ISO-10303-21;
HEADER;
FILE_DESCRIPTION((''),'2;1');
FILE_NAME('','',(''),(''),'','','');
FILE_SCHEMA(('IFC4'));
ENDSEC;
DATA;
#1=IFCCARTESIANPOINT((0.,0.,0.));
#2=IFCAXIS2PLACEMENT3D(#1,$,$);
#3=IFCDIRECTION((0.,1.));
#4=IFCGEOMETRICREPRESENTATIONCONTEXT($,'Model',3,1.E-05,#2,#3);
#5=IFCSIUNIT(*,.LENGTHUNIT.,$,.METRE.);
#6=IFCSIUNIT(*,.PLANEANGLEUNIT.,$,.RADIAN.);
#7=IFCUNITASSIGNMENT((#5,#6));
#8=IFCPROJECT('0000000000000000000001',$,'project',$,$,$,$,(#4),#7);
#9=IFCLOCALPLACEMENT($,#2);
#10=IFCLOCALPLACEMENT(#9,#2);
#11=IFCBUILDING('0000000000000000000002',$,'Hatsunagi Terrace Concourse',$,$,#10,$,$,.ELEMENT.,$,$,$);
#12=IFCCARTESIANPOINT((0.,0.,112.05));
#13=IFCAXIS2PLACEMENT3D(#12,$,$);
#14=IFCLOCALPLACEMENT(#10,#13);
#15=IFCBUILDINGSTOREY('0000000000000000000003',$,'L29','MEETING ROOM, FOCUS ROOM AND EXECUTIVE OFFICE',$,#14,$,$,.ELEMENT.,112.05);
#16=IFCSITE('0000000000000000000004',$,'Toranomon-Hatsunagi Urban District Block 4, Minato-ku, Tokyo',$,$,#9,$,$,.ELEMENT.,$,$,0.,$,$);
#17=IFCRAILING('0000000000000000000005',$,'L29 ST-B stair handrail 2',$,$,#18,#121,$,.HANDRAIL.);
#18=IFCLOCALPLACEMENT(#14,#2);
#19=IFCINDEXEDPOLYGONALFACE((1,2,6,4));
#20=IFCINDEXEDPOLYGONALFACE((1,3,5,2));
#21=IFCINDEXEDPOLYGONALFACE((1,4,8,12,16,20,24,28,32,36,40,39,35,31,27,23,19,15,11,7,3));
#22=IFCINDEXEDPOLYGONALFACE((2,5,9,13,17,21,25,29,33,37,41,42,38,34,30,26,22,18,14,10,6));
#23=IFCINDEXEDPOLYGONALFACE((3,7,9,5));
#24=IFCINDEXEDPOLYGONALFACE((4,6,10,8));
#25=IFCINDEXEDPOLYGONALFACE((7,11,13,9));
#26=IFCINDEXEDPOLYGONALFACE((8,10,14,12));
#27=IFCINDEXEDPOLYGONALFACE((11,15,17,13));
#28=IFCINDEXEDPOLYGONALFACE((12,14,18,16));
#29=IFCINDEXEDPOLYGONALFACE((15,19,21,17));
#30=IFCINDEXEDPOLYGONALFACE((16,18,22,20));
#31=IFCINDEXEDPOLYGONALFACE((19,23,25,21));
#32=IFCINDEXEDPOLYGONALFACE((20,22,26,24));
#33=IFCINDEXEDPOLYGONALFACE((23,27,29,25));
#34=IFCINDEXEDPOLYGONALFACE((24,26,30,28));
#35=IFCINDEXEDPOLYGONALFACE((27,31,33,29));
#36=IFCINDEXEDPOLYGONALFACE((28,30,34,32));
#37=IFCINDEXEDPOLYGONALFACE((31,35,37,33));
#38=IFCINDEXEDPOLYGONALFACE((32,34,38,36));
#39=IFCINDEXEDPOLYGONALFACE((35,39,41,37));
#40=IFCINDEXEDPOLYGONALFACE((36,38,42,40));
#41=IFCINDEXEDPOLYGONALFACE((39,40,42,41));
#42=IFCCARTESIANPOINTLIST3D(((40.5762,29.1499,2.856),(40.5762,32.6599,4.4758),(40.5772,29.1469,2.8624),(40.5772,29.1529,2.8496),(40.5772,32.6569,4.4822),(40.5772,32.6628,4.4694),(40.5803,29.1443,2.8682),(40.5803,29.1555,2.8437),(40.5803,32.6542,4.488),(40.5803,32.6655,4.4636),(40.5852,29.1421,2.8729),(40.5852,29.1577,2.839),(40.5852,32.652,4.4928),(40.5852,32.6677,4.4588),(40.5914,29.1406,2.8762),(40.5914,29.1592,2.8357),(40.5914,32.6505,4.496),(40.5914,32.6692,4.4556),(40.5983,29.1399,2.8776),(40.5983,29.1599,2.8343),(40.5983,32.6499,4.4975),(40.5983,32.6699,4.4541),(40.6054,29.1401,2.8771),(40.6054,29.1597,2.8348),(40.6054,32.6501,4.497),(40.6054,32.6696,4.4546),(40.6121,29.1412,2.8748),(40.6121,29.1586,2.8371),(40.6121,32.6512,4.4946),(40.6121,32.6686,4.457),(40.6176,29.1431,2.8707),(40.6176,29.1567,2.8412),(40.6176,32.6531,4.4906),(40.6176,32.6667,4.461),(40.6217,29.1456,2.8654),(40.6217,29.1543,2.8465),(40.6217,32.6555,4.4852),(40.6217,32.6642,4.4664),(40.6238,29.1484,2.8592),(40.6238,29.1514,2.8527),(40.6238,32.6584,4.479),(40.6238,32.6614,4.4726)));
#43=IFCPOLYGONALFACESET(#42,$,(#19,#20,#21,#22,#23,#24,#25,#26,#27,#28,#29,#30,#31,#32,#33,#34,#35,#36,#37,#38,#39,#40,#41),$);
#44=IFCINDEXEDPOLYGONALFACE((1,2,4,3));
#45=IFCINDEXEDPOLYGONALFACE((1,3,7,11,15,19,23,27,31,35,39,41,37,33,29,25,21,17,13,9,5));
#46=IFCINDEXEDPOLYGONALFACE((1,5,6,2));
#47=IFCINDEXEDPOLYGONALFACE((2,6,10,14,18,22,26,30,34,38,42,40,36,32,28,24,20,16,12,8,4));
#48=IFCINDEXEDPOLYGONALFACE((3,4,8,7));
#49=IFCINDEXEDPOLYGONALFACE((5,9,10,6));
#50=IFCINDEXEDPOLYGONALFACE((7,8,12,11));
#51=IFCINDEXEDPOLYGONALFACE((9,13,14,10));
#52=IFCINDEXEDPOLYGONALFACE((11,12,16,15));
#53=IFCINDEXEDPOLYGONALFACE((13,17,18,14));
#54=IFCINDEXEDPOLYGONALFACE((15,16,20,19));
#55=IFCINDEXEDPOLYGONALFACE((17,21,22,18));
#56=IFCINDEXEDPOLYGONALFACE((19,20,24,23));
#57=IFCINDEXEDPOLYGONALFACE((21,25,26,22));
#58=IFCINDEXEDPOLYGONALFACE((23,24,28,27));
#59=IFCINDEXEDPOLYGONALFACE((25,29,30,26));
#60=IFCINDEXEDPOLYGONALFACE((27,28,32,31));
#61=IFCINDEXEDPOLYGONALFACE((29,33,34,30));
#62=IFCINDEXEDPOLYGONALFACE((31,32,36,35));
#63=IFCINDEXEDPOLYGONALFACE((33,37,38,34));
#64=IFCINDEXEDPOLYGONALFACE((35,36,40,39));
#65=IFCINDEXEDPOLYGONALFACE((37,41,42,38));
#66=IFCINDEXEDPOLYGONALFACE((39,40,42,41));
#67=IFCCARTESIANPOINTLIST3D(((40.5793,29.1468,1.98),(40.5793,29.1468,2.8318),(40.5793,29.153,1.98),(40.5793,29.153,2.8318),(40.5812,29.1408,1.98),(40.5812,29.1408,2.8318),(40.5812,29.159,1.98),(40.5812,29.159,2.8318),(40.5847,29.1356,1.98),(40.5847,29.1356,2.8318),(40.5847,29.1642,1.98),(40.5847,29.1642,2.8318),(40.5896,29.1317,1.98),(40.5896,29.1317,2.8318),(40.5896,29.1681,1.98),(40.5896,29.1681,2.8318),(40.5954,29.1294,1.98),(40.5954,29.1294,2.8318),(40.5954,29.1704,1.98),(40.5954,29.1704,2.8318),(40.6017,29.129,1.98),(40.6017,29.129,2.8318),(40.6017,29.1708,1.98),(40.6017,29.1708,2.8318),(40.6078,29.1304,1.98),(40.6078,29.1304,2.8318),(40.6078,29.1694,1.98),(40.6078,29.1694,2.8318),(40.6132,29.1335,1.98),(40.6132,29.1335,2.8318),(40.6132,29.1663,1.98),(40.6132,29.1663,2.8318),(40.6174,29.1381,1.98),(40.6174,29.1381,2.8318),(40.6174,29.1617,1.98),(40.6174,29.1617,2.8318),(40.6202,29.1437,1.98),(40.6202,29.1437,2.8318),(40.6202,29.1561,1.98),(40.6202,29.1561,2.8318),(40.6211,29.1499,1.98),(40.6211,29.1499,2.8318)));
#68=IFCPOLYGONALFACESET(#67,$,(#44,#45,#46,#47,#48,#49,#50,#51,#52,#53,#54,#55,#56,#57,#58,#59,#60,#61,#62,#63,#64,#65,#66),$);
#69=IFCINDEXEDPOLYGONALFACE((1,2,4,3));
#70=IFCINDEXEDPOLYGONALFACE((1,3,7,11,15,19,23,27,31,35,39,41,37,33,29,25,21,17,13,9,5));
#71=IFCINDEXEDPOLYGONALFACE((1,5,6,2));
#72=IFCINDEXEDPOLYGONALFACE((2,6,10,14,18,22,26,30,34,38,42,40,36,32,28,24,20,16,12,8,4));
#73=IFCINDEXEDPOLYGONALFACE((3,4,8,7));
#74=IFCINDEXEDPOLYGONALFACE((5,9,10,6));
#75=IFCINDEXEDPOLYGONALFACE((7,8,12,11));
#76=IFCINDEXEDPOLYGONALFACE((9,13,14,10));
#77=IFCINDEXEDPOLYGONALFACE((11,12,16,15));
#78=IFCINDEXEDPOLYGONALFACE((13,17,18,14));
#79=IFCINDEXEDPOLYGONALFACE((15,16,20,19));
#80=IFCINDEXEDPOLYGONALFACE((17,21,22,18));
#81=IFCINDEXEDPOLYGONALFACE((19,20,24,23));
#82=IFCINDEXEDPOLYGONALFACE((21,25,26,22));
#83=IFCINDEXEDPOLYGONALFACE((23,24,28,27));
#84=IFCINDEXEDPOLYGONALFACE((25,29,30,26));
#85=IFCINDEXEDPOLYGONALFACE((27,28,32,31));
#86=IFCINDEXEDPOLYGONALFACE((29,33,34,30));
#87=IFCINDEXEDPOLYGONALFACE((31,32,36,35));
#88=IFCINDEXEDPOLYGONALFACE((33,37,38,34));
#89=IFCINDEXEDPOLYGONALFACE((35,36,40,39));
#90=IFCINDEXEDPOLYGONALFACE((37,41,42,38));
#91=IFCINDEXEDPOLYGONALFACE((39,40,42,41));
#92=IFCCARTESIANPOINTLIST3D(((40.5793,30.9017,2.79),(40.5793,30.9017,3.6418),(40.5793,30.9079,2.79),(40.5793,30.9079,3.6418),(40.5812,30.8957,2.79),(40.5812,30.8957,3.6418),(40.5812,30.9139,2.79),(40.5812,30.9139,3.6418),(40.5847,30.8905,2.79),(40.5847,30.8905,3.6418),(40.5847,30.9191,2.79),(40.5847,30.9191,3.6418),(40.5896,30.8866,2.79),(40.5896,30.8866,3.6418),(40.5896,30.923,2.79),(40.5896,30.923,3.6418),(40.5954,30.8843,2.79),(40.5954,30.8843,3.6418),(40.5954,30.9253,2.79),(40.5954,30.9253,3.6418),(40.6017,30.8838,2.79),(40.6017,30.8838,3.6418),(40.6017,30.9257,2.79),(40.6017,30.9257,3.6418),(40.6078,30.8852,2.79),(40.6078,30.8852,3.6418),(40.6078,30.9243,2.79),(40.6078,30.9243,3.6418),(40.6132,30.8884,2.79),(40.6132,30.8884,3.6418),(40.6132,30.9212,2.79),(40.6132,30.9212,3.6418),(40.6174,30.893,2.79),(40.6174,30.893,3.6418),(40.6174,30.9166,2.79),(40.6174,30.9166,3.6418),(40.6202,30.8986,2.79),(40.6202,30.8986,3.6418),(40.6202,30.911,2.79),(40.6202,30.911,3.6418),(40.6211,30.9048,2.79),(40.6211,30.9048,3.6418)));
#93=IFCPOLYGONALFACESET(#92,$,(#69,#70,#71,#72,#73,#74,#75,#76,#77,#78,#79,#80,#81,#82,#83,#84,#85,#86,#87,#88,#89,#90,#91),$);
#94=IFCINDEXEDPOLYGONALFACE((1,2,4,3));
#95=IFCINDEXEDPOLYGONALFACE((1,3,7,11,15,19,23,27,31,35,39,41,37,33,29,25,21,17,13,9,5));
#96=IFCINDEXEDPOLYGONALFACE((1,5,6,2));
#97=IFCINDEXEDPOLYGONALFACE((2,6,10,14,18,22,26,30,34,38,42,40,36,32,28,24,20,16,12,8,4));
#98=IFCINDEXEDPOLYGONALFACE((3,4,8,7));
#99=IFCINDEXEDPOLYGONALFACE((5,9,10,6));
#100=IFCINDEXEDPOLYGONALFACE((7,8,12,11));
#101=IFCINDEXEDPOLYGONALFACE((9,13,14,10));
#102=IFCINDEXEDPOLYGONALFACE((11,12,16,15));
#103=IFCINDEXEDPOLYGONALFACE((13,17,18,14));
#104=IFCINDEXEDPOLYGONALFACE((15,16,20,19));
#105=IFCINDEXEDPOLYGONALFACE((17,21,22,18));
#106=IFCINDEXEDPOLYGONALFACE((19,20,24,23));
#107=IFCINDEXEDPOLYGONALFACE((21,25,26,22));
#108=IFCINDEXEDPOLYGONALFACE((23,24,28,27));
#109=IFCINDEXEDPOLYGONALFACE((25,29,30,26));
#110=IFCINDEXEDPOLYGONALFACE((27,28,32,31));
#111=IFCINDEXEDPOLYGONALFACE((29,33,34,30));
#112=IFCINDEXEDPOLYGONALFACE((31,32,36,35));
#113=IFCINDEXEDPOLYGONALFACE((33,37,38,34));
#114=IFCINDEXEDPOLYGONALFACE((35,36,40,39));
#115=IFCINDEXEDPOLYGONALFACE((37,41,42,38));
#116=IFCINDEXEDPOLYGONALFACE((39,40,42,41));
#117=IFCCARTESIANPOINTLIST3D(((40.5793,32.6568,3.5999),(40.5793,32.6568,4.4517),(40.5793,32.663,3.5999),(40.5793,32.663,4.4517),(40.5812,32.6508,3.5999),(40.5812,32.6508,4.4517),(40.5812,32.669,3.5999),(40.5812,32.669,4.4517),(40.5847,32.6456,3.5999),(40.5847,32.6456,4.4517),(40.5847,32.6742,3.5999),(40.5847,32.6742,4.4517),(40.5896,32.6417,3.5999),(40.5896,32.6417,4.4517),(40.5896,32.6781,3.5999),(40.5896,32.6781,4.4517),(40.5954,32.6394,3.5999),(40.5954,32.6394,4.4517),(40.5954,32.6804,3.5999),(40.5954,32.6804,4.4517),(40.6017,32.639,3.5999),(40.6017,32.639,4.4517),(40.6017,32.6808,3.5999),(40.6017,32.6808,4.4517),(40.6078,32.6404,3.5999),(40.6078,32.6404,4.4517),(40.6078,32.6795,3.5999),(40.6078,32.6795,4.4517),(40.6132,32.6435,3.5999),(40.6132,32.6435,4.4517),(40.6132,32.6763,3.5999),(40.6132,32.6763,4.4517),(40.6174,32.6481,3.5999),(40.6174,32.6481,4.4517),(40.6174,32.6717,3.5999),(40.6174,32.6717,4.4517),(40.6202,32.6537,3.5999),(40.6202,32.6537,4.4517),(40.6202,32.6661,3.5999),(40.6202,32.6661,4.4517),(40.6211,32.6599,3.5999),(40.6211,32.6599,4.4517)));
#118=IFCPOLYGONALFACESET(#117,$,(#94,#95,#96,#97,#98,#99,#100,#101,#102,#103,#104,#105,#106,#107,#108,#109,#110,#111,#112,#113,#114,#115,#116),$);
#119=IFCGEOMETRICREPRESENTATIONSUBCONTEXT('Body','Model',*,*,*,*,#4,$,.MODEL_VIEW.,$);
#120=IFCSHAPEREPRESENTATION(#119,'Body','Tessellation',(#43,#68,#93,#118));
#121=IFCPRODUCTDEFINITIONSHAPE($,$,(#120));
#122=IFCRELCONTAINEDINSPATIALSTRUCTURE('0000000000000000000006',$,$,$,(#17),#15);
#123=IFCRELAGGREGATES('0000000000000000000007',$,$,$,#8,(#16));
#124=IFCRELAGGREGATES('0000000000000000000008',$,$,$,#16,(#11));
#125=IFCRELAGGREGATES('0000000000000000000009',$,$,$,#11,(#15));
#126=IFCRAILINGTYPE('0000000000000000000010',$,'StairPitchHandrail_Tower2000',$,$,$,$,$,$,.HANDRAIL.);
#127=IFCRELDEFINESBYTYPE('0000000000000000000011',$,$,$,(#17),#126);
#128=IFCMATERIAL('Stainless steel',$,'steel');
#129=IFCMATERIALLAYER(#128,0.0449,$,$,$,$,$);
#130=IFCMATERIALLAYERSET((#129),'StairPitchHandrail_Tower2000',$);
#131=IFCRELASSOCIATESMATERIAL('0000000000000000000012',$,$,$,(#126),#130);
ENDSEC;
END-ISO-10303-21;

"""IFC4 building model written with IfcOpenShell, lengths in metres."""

from ifc_helpers import new_model, si_unit, direction, frame, origin, origin_2d, place, context, subcontext, project, spatial, circle, extrude, material, layer, layer_set, type_object, element, save


model = new_model("IFC4")

# Units and contexts
model_context = context("Model", 3, precision=1e-05, world=origin(), true_north=direction((0.0, 1.0)))
body_context = subcontext(model_context, "Body", "Model", "MODEL_VIEW")
ifc_project = project(units=[si_unit("LENGTHUNIT", "METRE"), si_unit("PLANEANGLEUNIT", "RADIAN")], contexts=[model_context])

# Site, building, storey
site_placement = place(None, origin())
site = spatial("IfcSite", under=ifc_project, at=site_placement, Name="Toranomon-Hatsunagi Urban District Block 4, Minato-ku, Tokyo", CompositionType="ELEMENT", RefElevation=0.0)
building_placement = place(site_placement, origin())
building = spatial("IfcBuilding", under=site, at=building_placement, Name="Hatsunagi Terrace Concourse", CompositionType="ELEMENT")
storey_placement = place(building_placement, frame((0.0, 0.0, 112.05)))
storey = spatial("IfcBuildingStorey", under=building, at=storey_placement, Name="L29", Description="MEETING ROOM, FOCUS ROOM AND EXECUTIVE OFFICE", CompositionType="ELEMENT", Elevation=112.05)

# Railing
ifc_material_1 = material(Name="Stainless steel", Category="steel")
ifc_layer_1 = layer(ifc_material_1, 0.0449)
ifc_layer_set_1 = layer_set([ifc_layer_1], Name="StairPitchHandrail_Tower2000")
railing_type_1 = type_object("IfcRailingType", Name="StairPitchHandrail_Tower2000", PredefinedType="HANDRAIL", material=ifc_layer_set_1)
railing_1_placement = place(storey_placement, frame((40.6001, 29.1499, 1.98)))
element("IfcRailing", 1, at=railing_1_placement, inside=storey, type_object=railing_type_1, Name="L29 ST-B stair handrail 2", PredefinedType="HANDRAIL", context=body_context, shape_type="SweptSolid", body=[
    extrude(circle(Radius=0.0239, at=origin_2d()), frame((0.0, 0.0, 0.876), z_axis=(0.0, 0.907972, 0.41903), x_axis=(-1.0, 0.0, 0.0)), (0.0, 0.0, 1.0), 3.8657),
    extrude(circle(Radius=0.021, at=origin_2d()), origin(), (0.0, 0.0, 1.0), 0.8518),
    extrude(circle(Radius=0.021, at=origin_2d()), frame((0.0, 1.7549, 0.8101)), (0.0, 0.0, 1.0), 0.8518),
    extrude(circle(Radius=0.021, at=origin_2d()), frame((0.0, 3.51, 1.6199)), (0.0, 0.0, 1.0), 0.8518),
])

save(model, "model.ifc")
